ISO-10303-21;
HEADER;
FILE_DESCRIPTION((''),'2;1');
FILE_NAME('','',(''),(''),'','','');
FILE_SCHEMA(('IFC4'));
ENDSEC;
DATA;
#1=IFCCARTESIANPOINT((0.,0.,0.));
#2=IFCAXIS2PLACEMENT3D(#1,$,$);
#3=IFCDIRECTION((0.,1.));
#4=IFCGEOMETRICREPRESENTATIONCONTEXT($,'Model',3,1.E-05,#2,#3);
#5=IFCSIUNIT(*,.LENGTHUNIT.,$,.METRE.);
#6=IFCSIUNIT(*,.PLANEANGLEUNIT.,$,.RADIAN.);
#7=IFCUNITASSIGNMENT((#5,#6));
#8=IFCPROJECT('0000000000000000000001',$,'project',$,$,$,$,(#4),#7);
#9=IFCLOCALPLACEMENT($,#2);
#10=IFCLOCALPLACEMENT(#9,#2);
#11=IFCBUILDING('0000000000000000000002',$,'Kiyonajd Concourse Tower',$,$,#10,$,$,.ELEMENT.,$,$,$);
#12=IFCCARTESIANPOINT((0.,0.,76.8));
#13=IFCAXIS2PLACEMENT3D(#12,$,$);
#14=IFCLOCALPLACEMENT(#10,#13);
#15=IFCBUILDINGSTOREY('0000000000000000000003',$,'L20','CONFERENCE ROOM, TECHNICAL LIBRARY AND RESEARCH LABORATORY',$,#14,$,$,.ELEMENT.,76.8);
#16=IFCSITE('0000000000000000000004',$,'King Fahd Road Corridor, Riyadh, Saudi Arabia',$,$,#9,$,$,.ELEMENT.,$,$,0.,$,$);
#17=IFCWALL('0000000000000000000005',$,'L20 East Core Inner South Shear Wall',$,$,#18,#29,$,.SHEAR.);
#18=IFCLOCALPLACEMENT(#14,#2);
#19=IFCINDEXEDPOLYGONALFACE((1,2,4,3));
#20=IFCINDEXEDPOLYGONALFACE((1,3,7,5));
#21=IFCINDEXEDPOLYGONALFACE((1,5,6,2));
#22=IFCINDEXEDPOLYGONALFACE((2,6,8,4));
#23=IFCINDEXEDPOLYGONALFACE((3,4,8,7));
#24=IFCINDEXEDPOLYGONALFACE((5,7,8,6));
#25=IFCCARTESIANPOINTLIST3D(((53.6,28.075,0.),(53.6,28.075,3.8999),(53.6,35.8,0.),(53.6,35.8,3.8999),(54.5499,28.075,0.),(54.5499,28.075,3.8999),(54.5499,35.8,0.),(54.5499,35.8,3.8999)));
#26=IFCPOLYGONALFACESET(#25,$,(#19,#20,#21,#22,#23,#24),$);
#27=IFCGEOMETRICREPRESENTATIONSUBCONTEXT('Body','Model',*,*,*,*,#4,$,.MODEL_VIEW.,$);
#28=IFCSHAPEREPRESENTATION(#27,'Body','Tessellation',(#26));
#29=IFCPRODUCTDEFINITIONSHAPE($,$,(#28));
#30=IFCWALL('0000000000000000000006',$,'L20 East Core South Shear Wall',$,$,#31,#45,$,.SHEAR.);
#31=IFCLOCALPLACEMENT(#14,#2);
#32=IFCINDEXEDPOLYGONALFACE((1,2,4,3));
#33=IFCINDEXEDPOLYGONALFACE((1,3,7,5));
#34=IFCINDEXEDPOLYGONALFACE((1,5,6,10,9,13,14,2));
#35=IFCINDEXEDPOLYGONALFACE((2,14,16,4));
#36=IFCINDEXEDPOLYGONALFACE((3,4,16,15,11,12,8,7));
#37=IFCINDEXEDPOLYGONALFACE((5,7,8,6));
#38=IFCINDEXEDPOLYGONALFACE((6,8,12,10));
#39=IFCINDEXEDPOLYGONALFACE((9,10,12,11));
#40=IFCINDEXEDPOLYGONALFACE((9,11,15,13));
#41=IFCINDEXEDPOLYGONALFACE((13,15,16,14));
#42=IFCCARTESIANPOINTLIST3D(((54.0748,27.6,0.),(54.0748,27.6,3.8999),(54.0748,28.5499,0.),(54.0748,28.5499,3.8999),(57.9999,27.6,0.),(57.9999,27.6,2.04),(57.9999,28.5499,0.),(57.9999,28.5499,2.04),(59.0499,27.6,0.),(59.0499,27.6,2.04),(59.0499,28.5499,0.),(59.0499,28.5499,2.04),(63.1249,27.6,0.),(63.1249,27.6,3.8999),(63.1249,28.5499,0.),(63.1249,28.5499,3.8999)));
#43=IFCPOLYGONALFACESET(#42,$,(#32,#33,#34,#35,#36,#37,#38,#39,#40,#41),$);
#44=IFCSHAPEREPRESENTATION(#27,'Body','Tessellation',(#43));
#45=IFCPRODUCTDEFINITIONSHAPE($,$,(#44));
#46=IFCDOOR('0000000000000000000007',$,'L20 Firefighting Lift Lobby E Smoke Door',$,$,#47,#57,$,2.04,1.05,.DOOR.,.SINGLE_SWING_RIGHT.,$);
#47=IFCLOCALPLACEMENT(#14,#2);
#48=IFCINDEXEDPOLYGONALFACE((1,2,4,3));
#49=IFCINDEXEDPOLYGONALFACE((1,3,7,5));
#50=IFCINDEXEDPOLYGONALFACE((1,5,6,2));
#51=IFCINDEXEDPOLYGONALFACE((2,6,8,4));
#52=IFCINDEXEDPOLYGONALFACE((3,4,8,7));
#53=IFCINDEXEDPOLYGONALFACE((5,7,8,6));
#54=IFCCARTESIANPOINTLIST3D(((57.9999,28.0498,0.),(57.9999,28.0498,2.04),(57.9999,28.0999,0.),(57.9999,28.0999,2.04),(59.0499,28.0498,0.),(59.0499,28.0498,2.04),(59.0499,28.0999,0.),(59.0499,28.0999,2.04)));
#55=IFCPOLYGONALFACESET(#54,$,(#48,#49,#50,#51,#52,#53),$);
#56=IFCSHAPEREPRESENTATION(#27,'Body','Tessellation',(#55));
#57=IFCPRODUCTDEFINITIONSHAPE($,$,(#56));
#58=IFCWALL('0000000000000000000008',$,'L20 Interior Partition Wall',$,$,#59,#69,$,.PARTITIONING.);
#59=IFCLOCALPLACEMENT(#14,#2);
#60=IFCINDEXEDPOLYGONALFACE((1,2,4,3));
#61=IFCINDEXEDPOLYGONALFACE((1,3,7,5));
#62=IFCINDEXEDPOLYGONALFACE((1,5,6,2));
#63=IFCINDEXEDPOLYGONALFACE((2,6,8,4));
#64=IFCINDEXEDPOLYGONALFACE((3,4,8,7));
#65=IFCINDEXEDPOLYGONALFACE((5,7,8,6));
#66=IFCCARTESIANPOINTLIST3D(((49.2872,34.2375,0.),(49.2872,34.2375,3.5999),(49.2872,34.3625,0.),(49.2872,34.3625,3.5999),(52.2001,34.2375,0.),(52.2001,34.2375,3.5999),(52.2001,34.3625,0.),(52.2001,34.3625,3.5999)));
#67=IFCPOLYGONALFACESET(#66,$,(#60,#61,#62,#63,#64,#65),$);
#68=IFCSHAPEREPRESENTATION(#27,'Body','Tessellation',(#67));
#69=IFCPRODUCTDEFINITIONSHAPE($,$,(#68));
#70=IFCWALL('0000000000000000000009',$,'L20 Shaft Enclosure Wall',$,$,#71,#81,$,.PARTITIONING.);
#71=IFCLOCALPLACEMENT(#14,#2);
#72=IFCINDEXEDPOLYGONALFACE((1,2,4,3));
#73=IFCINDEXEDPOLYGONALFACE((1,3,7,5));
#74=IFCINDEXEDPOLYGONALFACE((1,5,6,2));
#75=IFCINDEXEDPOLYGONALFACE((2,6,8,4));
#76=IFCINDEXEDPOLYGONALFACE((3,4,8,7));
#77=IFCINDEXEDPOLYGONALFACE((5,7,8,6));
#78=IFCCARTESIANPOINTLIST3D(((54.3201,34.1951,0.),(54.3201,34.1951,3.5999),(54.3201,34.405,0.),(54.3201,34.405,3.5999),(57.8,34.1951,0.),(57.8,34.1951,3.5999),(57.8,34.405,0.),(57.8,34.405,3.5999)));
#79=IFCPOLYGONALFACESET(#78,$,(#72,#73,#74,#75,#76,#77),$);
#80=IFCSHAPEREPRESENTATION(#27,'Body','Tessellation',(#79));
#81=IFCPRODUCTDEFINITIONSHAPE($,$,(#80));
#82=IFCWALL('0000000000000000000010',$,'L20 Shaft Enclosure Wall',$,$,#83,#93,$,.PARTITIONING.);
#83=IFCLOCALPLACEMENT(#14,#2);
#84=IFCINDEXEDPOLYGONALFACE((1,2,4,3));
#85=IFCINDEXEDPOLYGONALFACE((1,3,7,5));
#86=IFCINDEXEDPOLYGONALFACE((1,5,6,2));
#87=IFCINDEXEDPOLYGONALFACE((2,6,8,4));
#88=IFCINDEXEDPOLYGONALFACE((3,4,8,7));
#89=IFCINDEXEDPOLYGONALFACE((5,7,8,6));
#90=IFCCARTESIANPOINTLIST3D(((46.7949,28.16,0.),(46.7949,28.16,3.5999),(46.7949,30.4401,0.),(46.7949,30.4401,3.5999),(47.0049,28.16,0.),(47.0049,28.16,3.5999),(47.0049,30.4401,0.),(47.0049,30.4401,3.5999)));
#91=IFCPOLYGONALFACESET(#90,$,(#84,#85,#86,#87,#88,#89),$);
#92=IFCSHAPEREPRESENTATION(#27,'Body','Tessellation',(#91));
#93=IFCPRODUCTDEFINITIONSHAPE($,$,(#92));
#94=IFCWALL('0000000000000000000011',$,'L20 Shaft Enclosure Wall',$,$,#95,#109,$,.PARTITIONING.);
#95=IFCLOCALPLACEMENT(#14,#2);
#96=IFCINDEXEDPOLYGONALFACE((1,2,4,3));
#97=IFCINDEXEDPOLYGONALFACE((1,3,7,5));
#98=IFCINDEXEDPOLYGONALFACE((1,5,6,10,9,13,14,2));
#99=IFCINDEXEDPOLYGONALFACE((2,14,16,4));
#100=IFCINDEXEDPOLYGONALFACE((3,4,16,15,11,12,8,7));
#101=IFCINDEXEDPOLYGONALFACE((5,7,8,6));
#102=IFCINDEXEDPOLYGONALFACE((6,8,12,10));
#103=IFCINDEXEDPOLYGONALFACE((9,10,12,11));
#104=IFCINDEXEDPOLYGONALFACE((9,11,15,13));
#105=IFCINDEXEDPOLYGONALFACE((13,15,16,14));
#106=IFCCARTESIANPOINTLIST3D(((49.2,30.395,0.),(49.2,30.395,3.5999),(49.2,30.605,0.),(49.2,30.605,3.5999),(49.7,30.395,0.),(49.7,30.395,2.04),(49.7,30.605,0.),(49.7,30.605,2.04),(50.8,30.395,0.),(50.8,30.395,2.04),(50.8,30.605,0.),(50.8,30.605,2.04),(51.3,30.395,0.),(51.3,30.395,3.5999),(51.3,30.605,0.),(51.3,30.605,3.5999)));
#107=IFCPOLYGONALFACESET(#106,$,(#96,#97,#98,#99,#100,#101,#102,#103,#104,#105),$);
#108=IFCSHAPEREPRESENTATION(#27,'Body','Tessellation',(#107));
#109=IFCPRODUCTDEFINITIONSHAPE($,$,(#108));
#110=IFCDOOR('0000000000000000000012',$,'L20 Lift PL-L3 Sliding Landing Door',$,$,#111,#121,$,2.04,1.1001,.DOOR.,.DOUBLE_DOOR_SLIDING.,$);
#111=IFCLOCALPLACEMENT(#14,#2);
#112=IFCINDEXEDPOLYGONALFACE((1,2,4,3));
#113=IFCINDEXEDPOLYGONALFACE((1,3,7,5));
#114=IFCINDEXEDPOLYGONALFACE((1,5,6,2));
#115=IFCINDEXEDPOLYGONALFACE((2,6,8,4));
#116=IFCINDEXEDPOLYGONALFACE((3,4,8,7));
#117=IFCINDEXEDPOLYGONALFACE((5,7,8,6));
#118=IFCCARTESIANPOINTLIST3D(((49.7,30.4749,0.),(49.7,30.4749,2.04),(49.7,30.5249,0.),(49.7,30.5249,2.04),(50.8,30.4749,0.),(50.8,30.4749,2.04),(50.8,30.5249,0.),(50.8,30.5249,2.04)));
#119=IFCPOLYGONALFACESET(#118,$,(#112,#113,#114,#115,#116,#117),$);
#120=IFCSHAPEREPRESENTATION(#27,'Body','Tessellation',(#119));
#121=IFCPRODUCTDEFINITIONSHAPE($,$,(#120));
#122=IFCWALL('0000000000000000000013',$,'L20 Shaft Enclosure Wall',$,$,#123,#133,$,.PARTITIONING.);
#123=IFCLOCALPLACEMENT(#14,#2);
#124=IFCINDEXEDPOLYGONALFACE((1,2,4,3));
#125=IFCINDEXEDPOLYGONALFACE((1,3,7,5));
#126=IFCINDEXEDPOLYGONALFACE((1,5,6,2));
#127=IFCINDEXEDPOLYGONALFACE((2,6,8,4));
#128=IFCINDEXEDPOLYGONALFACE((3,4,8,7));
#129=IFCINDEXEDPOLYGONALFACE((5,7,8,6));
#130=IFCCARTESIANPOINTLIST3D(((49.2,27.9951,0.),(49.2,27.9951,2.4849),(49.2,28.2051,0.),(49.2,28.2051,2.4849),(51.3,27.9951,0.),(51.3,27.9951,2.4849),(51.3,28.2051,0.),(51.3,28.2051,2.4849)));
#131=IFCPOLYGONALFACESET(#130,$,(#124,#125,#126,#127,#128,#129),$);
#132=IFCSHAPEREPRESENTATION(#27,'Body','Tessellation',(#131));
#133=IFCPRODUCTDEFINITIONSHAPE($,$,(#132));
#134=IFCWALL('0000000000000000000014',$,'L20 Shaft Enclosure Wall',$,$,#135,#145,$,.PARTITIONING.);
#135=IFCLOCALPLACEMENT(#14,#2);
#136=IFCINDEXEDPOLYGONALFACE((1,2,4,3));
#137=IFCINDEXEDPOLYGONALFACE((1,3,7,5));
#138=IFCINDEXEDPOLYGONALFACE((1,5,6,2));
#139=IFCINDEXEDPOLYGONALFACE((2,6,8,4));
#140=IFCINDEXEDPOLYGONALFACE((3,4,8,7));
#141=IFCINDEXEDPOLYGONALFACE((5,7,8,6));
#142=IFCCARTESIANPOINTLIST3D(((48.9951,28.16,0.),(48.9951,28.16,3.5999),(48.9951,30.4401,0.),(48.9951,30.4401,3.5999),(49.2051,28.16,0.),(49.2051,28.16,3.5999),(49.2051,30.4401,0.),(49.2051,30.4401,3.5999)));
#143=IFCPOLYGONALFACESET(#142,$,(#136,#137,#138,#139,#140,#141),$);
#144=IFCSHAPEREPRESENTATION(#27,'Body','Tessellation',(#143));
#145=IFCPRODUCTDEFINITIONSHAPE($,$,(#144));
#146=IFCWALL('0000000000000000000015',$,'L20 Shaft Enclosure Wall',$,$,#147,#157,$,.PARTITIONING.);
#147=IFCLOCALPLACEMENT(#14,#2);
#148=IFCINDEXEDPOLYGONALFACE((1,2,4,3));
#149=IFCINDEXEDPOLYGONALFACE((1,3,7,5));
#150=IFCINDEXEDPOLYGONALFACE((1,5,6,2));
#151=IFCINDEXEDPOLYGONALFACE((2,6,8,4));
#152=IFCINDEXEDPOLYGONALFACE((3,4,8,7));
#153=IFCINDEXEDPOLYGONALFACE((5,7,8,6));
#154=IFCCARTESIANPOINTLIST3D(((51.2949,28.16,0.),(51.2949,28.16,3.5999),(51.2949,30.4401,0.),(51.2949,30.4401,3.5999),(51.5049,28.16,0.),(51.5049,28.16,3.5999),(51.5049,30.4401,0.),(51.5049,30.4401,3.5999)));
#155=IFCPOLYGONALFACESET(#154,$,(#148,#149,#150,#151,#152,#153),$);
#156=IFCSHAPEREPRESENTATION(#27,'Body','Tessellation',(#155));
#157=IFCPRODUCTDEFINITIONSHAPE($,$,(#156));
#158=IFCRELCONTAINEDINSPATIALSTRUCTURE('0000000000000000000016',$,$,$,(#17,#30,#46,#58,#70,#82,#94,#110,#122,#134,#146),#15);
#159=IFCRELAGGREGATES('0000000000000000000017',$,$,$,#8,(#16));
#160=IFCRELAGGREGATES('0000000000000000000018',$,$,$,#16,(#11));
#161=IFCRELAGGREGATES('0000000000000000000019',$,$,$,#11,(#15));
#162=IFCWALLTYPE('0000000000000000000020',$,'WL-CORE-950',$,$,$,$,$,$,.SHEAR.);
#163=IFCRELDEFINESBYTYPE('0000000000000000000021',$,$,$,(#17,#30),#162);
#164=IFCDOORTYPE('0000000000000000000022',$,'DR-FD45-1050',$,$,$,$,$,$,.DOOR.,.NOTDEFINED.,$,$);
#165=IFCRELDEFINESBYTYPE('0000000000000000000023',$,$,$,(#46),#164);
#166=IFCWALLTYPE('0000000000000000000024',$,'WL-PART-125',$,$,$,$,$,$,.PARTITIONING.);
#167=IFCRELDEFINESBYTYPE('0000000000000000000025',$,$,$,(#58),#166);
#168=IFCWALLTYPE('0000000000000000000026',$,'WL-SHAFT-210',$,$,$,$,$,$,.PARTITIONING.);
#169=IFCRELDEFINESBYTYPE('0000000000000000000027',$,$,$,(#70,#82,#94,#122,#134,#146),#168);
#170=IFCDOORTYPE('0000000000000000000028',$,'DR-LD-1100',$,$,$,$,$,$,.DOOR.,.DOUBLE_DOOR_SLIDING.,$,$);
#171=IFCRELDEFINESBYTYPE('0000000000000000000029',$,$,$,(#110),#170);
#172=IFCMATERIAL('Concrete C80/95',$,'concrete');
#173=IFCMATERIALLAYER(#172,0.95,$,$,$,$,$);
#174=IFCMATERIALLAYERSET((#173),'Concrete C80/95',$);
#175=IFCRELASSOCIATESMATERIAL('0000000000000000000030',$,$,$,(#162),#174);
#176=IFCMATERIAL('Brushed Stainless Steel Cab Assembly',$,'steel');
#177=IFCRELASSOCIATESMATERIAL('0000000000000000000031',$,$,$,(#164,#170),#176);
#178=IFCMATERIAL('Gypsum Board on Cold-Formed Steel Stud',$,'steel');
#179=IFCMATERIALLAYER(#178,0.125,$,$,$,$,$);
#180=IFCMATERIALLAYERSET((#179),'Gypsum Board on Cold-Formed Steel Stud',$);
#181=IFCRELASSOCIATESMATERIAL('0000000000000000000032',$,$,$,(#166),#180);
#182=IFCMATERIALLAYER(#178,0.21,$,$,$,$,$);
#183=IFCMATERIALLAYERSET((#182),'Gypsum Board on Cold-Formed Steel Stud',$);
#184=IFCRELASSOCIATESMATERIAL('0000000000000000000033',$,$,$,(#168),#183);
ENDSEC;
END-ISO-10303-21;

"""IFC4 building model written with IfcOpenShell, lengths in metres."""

from ifc_helpers import new_model, si_unit, direction, frame, frame_2d, origin, place, context, subcontext, project, spatial, rectangle, extrude, material, layer, layer_set, type_object, element, fill, save


model = new_model("IFC4")

# Units and contexts
model_context = context("Model", 3, precision=1e-05, world=origin(), true_north=direction((0.0, 1.0)))
body_context = subcontext(model_context, "Body", "Model", "MODEL_VIEW")
ifc_project = project(units=[si_unit("LENGTHUNIT", "METRE"), si_unit("PLANEANGLEUNIT", "RADIAN")], contexts=[model_context])

# Site, building, storey
site_placement = place(None, origin())
site = spatial("IfcSite", under=ifc_project, at=site_placement, Name="King Fahd Road Corridor, Riyadh, Saudi Arabia", CompositionType="ELEMENT", RefElevation=0.0)
building_placement = place(site_placement, origin())
building = spatial("IfcBuilding", under=site, at=building_placement, Name="Kiyonajd Concourse Tower", CompositionType="ELEMENT")
storey_placement = place(building_placement, frame((0.0, 0.0, 76.8)))
storey = spatial("IfcBuildingStorey", under=building, at=storey_placement, Name="L20", Description="CONFERENCE ROOM, TECHNICAL LIBRARY AND RESEARCH LABORATORY", CompositionType="ELEMENT", Elevation=76.8)

# Wall
ifc_material_1 = material(Name="Concrete C80/95", Category="concrete")
ifc_layer_1 = layer(ifc_material_1, 0.95)
ifc_layer_set_1 = layer_set([ifc_layer_1], Name="Concrete C80/95")
wall_type_1 = type_object("IfcWallType", Name="WL-CORE-950", PredefinedType="SHEAR", material=ifc_layer_set_1)
wall_1_placement = place(storey_placement, frame((54.075, 28.075, 0.0), z_axis=(0.0, 0.0, 1.0), x_axis=(0.0, 1.0, 0.0)))
element("IfcWall", 1, at=wall_1_placement, inside=storey, type_object=wall_type_1, Name="L20 East Core Inner South Shear Wall", PredefinedType="SHEAR", context=body_context, shape_type="SweptSolid", body=[
    extrude(rectangle(XDim=7.7251, YDim=0.95, at=frame_2d((3.8625, 0.0))), origin(), (0.0, 0.0, 1.0), 3.8999),
])

# Wall, opening, door
wall_2_placement = place(storey_placement, frame((54.075, 28.075, 0.0), z_axis=(0.0, 0.0, 1.0), x_axis=(1.0, 0.0, 0.0)))
wall_2 = element("IfcWall", 2, at=wall_2_placement, inside=storey, type_object=wall_type_1, Name="L20 East Core South Shear Wall", PredefinedType="SHEAR", context=body_context, shape_type="SweptSolid", body=[
    extrude(rectangle(XDim=9.05, YDim=0.95, at=frame_2d((4.5249, 0.0))), origin(), (0.0, 0.0, 1.0), 3.8999),
])
opening_1_placement = place(wall_2_placement, frame((3.925, 0.0, 0.0)))
opening_1 = element("IfcOpeningElement", 3, at=opening_1_placement, cuts=wall_2, PredefinedType="OPENING", context=body_context, shape_type="SweptSolid", body=[
    extrude(rectangle(XDim=1.05, YDim=2.04, at=frame_2d((0.5249, 1.02))), frame((0.0, 0.4849, 0.0), z_axis=(0.0, -1.0, 0.0), x_axis=(1.0, 0.0, 0.0)), (0.0, 0.0, 1.0), 0.97),
])
ifc_material_2 = material(Name="Brushed Stainless Steel Cab Assembly", Category="steel")
door_type_1 = type_object("IfcDoorType", Name="DR-FD45-1050", OperationType="NOTDEFINED", PredefinedType="DOOR", material=ifc_material_2)
door_1_placement = place(opening_1_placement, origin())
door_1 = element("IfcDoor", 4, at=door_1_placement, inside=storey, type_object=door_type_1, Name="L20 Firefighting Lift Lobby E Smoke Door", OperationType="SINGLE_SWING_RIGHT", OverallHeight=2.04, OverallWidth=1.05, PredefinedType="DOOR", context=body_context, shape_type="SweptSolid", body=[
    extrude(rectangle(XDim=1.05, YDim=2.04, at=frame_2d((0.5249, 1.02))), frame((0.0, 0.0249, 0.0), z_axis=(0.0, -1.0, 0.0), x_axis=(1.0, 0.0, 0.0)), (0.0, 0.0, 1.0), 0.05),
])
fill(opening_1, door_1)

# Walls
ifc_material_3 = material(Name="Gypsum Board on Cold-Formed Steel Stud", Category="steel")
ifc_layer_2 = layer(ifc_material_3, 0.125)
ifc_layer_set_2 = layer_set([ifc_layer_2], Name="Gypsum Board on Cold-Formed Steel Stud")
wall_type_2 = type_object("IfcWallType", Name="WL-PART-125", PredefinedType="PARTITIONING", material=ifc_layer_set_2)
wall_3_placement = place(storey_placement, frame((49.2871, 34.3, 0.0), z_axis=(0.0, 0.0, 1.0), x_axis=(1.0, 0.0, 0.0)))
element("IfcWall", 5, at=wall_3_placement, inside=storey, type_object=wall_type_2, Name="L20 Interior Partition Wall", PredefinedType="PARTITIONING", context=body_context, shape_type="SweptSolid", body=[
    extrude(rectangle(XDim=2.9128, YDim=0.125, at=frame_2d((1.4565, 0.0))), origin(), (0.0, 0.0, 1.0), 3.5999),
])
ifc_layer_3 = layer(ifc_material_3, 0.21)
ifc_layer_set_3 = layer_set([ifc_layer_3], Name="Gypsum Board on Cold-Formed Steel Stud")
wall_type_3 = type_object("IfcWallType", Name="WL-SHAFT-210", PredefinedType="PARTITIONING", material=ifc_layer_set_3)
wall_4_placement = place(storey_placement, frame((54.3201, 34.3, 0.0), z_axis=(0.0, 0.0, 1.0), x_axis=(1.0, 0.0, 0.0)))
element("IfcWall", 6, at=wall_4_placement, inside=storey, type_object=wall_type_3, Name="L20 Shaft Enclosure Wall", PredefinedType="PARTITIONING", context=body_context, shape_type="SweptSolid", body=[
    extrude(rectangle(XDim=3.48, YDim=0.21, at=frame_2d((1.74, 0.0))), origin(), (0.0, 0.0, 1.0), 3.5999),
])
wall_5_placement = place(storey_placement, frame((46.8999, 28.1599, 0.0), z_axis=(0.0, 0.0, 1.0), x_axis=(0.0, 1.0, 0.0)))
element("IfcWall", 7, at=wall_5_placement, inside=storey, type_object=wall_type_3, Name="L20 Shaft Enclosure Wall", PredefinedType="PARTITIONING", context=body_context, shape_type="SweptSolid", body=[
    extrude(rectangle(XDim=2.28, YDim=0.21, at=frame_2d((1.1401, 0.0))), origin(), (0.0, 0.0, 1.0), 3.5999),
])

# Wall, opening, door
wall_6_placement = place(storey_placement, frame((49.2, 30.5, 0.0), z_axis=(0.0, 0.0, 1.0), x_axis=(1.0, 0.0, 0.0)))
wall_6 = element("IfcWall", 8, at=wall_6_placement, inside=storey, type_object=wall_type_3, Name="L20 Shaft Enclosure Wall", PredefinedType="PARTITIONING", context=body_context, shape_type="SweptSolid", body=[
    extrude(rectangle(XDim=2.1001, YDim=0.21, at=frame_2d((1.05, 0.0))), origin(), (0.0, 0.0, 1.0), 3.5999),
])
opening_2_placement = place(wall_6_placement, frame((0.5, 0.0, 0.0)))
opening_2 = element("IfcOpeningElement", 9, at=opening_2_placement, cuts=wall_6, PredefinedType="OPENING", context=body_context, shape_type="SweptSolid", body=[
    extrude(rectangle(XDim=1.1001, YDim=2.04, at=frame_2d((0.55, 1.02))), frame((0.0, 0.115, 0.0), z_axis=(0.0, -1.0, 0.0), x_axis=(1.0, 0.0, 0.0)), (0.0, 0.0, 1.0), 0.23),
])
door_type_2 = type_object("IfcDoorType", Name="DR-LD-1100", OperationType="DOUBLE_DOOR_SLIDING", PredefinedType="DOOR", material=ifc_material_2)
door_2_placement = place(opening_2_placement, origin())
door_2 = element("IfcDoor", 10, at=door_2_placement, inside=storey, type_object=door_type_2, Name="L20 Lift PL-L3 Sliding Landing Door", OperationType="DOUBLE_DOOR_SLIDING", OverallHeight=2.04, OverallWidth=1.1001, PredefinedType="DOOR", context=body_context, shape_type="SweptSolid", body=[
    extrude(rectangle(XDim=1.1001, YDim=2.04, at=frame_2d((0.55, 1.02))), frame((0.0, 0.0249, 0.0), z_axis=(0.0, -1.0, 0.0), x_axis=(1.0, 0.0, 0.0)), (0.0, 0.0, 1.0), 0.05),
])
fill(opening_2, door_2)

# Walls
wall_7_placement = place(storey_placement, frame((49.2, 28.1001, 0.0), z_axis=(0.0, 0.0, 1.0), x_axis=(1.0, 0.0, 0.0)))
element("IfcWall", 11, at=wall_7_placement, inside=storey, type_object=wall_type_3, Name="L20 Shaft Enclosure Wall", PredefinedType="PARTITIONING", context=body_context, shape_type="SweptSolid", body=[
    extrude(rectangle(XDim=2.1001, YDim=0.21, at=frame_2d((1.05, 0.0))), origin(), (0.0, 0.0, 1.0), 2.4849),
])
for number, where, z_axis, x_axis, name in (
    (12, (49.1001, 28.1599, 0.0), (0.0, 0.0, 1.0), (0.0, 1.0, 0.0), "L20 Shaft Enclosure Wall"),
    (13, (51.3999, 28.1599, 0.0), (0.0, 0.0, 1.0), (0.0, 1.0, 0.0), "L20 Shaft Enclosure Wall"),
):
    element("IfcWall", number, at=place(storey_placement, frame(where, z_axis=z_axis, x_axis=x_axis)), inside=storey, type_object=wall_type_3, Name=name, PredefinedType="PARTITIONING", context=body_context, shape_type="SweptSolid", body=[
        extrude(rectangle(XDim=2.28, YDim=0.21, at=frame_2d((1.1401, 0.0))), origin(), (0.0, 0.0, 1.0), 3.5999),
    ])

save(model, "model.ifc")
